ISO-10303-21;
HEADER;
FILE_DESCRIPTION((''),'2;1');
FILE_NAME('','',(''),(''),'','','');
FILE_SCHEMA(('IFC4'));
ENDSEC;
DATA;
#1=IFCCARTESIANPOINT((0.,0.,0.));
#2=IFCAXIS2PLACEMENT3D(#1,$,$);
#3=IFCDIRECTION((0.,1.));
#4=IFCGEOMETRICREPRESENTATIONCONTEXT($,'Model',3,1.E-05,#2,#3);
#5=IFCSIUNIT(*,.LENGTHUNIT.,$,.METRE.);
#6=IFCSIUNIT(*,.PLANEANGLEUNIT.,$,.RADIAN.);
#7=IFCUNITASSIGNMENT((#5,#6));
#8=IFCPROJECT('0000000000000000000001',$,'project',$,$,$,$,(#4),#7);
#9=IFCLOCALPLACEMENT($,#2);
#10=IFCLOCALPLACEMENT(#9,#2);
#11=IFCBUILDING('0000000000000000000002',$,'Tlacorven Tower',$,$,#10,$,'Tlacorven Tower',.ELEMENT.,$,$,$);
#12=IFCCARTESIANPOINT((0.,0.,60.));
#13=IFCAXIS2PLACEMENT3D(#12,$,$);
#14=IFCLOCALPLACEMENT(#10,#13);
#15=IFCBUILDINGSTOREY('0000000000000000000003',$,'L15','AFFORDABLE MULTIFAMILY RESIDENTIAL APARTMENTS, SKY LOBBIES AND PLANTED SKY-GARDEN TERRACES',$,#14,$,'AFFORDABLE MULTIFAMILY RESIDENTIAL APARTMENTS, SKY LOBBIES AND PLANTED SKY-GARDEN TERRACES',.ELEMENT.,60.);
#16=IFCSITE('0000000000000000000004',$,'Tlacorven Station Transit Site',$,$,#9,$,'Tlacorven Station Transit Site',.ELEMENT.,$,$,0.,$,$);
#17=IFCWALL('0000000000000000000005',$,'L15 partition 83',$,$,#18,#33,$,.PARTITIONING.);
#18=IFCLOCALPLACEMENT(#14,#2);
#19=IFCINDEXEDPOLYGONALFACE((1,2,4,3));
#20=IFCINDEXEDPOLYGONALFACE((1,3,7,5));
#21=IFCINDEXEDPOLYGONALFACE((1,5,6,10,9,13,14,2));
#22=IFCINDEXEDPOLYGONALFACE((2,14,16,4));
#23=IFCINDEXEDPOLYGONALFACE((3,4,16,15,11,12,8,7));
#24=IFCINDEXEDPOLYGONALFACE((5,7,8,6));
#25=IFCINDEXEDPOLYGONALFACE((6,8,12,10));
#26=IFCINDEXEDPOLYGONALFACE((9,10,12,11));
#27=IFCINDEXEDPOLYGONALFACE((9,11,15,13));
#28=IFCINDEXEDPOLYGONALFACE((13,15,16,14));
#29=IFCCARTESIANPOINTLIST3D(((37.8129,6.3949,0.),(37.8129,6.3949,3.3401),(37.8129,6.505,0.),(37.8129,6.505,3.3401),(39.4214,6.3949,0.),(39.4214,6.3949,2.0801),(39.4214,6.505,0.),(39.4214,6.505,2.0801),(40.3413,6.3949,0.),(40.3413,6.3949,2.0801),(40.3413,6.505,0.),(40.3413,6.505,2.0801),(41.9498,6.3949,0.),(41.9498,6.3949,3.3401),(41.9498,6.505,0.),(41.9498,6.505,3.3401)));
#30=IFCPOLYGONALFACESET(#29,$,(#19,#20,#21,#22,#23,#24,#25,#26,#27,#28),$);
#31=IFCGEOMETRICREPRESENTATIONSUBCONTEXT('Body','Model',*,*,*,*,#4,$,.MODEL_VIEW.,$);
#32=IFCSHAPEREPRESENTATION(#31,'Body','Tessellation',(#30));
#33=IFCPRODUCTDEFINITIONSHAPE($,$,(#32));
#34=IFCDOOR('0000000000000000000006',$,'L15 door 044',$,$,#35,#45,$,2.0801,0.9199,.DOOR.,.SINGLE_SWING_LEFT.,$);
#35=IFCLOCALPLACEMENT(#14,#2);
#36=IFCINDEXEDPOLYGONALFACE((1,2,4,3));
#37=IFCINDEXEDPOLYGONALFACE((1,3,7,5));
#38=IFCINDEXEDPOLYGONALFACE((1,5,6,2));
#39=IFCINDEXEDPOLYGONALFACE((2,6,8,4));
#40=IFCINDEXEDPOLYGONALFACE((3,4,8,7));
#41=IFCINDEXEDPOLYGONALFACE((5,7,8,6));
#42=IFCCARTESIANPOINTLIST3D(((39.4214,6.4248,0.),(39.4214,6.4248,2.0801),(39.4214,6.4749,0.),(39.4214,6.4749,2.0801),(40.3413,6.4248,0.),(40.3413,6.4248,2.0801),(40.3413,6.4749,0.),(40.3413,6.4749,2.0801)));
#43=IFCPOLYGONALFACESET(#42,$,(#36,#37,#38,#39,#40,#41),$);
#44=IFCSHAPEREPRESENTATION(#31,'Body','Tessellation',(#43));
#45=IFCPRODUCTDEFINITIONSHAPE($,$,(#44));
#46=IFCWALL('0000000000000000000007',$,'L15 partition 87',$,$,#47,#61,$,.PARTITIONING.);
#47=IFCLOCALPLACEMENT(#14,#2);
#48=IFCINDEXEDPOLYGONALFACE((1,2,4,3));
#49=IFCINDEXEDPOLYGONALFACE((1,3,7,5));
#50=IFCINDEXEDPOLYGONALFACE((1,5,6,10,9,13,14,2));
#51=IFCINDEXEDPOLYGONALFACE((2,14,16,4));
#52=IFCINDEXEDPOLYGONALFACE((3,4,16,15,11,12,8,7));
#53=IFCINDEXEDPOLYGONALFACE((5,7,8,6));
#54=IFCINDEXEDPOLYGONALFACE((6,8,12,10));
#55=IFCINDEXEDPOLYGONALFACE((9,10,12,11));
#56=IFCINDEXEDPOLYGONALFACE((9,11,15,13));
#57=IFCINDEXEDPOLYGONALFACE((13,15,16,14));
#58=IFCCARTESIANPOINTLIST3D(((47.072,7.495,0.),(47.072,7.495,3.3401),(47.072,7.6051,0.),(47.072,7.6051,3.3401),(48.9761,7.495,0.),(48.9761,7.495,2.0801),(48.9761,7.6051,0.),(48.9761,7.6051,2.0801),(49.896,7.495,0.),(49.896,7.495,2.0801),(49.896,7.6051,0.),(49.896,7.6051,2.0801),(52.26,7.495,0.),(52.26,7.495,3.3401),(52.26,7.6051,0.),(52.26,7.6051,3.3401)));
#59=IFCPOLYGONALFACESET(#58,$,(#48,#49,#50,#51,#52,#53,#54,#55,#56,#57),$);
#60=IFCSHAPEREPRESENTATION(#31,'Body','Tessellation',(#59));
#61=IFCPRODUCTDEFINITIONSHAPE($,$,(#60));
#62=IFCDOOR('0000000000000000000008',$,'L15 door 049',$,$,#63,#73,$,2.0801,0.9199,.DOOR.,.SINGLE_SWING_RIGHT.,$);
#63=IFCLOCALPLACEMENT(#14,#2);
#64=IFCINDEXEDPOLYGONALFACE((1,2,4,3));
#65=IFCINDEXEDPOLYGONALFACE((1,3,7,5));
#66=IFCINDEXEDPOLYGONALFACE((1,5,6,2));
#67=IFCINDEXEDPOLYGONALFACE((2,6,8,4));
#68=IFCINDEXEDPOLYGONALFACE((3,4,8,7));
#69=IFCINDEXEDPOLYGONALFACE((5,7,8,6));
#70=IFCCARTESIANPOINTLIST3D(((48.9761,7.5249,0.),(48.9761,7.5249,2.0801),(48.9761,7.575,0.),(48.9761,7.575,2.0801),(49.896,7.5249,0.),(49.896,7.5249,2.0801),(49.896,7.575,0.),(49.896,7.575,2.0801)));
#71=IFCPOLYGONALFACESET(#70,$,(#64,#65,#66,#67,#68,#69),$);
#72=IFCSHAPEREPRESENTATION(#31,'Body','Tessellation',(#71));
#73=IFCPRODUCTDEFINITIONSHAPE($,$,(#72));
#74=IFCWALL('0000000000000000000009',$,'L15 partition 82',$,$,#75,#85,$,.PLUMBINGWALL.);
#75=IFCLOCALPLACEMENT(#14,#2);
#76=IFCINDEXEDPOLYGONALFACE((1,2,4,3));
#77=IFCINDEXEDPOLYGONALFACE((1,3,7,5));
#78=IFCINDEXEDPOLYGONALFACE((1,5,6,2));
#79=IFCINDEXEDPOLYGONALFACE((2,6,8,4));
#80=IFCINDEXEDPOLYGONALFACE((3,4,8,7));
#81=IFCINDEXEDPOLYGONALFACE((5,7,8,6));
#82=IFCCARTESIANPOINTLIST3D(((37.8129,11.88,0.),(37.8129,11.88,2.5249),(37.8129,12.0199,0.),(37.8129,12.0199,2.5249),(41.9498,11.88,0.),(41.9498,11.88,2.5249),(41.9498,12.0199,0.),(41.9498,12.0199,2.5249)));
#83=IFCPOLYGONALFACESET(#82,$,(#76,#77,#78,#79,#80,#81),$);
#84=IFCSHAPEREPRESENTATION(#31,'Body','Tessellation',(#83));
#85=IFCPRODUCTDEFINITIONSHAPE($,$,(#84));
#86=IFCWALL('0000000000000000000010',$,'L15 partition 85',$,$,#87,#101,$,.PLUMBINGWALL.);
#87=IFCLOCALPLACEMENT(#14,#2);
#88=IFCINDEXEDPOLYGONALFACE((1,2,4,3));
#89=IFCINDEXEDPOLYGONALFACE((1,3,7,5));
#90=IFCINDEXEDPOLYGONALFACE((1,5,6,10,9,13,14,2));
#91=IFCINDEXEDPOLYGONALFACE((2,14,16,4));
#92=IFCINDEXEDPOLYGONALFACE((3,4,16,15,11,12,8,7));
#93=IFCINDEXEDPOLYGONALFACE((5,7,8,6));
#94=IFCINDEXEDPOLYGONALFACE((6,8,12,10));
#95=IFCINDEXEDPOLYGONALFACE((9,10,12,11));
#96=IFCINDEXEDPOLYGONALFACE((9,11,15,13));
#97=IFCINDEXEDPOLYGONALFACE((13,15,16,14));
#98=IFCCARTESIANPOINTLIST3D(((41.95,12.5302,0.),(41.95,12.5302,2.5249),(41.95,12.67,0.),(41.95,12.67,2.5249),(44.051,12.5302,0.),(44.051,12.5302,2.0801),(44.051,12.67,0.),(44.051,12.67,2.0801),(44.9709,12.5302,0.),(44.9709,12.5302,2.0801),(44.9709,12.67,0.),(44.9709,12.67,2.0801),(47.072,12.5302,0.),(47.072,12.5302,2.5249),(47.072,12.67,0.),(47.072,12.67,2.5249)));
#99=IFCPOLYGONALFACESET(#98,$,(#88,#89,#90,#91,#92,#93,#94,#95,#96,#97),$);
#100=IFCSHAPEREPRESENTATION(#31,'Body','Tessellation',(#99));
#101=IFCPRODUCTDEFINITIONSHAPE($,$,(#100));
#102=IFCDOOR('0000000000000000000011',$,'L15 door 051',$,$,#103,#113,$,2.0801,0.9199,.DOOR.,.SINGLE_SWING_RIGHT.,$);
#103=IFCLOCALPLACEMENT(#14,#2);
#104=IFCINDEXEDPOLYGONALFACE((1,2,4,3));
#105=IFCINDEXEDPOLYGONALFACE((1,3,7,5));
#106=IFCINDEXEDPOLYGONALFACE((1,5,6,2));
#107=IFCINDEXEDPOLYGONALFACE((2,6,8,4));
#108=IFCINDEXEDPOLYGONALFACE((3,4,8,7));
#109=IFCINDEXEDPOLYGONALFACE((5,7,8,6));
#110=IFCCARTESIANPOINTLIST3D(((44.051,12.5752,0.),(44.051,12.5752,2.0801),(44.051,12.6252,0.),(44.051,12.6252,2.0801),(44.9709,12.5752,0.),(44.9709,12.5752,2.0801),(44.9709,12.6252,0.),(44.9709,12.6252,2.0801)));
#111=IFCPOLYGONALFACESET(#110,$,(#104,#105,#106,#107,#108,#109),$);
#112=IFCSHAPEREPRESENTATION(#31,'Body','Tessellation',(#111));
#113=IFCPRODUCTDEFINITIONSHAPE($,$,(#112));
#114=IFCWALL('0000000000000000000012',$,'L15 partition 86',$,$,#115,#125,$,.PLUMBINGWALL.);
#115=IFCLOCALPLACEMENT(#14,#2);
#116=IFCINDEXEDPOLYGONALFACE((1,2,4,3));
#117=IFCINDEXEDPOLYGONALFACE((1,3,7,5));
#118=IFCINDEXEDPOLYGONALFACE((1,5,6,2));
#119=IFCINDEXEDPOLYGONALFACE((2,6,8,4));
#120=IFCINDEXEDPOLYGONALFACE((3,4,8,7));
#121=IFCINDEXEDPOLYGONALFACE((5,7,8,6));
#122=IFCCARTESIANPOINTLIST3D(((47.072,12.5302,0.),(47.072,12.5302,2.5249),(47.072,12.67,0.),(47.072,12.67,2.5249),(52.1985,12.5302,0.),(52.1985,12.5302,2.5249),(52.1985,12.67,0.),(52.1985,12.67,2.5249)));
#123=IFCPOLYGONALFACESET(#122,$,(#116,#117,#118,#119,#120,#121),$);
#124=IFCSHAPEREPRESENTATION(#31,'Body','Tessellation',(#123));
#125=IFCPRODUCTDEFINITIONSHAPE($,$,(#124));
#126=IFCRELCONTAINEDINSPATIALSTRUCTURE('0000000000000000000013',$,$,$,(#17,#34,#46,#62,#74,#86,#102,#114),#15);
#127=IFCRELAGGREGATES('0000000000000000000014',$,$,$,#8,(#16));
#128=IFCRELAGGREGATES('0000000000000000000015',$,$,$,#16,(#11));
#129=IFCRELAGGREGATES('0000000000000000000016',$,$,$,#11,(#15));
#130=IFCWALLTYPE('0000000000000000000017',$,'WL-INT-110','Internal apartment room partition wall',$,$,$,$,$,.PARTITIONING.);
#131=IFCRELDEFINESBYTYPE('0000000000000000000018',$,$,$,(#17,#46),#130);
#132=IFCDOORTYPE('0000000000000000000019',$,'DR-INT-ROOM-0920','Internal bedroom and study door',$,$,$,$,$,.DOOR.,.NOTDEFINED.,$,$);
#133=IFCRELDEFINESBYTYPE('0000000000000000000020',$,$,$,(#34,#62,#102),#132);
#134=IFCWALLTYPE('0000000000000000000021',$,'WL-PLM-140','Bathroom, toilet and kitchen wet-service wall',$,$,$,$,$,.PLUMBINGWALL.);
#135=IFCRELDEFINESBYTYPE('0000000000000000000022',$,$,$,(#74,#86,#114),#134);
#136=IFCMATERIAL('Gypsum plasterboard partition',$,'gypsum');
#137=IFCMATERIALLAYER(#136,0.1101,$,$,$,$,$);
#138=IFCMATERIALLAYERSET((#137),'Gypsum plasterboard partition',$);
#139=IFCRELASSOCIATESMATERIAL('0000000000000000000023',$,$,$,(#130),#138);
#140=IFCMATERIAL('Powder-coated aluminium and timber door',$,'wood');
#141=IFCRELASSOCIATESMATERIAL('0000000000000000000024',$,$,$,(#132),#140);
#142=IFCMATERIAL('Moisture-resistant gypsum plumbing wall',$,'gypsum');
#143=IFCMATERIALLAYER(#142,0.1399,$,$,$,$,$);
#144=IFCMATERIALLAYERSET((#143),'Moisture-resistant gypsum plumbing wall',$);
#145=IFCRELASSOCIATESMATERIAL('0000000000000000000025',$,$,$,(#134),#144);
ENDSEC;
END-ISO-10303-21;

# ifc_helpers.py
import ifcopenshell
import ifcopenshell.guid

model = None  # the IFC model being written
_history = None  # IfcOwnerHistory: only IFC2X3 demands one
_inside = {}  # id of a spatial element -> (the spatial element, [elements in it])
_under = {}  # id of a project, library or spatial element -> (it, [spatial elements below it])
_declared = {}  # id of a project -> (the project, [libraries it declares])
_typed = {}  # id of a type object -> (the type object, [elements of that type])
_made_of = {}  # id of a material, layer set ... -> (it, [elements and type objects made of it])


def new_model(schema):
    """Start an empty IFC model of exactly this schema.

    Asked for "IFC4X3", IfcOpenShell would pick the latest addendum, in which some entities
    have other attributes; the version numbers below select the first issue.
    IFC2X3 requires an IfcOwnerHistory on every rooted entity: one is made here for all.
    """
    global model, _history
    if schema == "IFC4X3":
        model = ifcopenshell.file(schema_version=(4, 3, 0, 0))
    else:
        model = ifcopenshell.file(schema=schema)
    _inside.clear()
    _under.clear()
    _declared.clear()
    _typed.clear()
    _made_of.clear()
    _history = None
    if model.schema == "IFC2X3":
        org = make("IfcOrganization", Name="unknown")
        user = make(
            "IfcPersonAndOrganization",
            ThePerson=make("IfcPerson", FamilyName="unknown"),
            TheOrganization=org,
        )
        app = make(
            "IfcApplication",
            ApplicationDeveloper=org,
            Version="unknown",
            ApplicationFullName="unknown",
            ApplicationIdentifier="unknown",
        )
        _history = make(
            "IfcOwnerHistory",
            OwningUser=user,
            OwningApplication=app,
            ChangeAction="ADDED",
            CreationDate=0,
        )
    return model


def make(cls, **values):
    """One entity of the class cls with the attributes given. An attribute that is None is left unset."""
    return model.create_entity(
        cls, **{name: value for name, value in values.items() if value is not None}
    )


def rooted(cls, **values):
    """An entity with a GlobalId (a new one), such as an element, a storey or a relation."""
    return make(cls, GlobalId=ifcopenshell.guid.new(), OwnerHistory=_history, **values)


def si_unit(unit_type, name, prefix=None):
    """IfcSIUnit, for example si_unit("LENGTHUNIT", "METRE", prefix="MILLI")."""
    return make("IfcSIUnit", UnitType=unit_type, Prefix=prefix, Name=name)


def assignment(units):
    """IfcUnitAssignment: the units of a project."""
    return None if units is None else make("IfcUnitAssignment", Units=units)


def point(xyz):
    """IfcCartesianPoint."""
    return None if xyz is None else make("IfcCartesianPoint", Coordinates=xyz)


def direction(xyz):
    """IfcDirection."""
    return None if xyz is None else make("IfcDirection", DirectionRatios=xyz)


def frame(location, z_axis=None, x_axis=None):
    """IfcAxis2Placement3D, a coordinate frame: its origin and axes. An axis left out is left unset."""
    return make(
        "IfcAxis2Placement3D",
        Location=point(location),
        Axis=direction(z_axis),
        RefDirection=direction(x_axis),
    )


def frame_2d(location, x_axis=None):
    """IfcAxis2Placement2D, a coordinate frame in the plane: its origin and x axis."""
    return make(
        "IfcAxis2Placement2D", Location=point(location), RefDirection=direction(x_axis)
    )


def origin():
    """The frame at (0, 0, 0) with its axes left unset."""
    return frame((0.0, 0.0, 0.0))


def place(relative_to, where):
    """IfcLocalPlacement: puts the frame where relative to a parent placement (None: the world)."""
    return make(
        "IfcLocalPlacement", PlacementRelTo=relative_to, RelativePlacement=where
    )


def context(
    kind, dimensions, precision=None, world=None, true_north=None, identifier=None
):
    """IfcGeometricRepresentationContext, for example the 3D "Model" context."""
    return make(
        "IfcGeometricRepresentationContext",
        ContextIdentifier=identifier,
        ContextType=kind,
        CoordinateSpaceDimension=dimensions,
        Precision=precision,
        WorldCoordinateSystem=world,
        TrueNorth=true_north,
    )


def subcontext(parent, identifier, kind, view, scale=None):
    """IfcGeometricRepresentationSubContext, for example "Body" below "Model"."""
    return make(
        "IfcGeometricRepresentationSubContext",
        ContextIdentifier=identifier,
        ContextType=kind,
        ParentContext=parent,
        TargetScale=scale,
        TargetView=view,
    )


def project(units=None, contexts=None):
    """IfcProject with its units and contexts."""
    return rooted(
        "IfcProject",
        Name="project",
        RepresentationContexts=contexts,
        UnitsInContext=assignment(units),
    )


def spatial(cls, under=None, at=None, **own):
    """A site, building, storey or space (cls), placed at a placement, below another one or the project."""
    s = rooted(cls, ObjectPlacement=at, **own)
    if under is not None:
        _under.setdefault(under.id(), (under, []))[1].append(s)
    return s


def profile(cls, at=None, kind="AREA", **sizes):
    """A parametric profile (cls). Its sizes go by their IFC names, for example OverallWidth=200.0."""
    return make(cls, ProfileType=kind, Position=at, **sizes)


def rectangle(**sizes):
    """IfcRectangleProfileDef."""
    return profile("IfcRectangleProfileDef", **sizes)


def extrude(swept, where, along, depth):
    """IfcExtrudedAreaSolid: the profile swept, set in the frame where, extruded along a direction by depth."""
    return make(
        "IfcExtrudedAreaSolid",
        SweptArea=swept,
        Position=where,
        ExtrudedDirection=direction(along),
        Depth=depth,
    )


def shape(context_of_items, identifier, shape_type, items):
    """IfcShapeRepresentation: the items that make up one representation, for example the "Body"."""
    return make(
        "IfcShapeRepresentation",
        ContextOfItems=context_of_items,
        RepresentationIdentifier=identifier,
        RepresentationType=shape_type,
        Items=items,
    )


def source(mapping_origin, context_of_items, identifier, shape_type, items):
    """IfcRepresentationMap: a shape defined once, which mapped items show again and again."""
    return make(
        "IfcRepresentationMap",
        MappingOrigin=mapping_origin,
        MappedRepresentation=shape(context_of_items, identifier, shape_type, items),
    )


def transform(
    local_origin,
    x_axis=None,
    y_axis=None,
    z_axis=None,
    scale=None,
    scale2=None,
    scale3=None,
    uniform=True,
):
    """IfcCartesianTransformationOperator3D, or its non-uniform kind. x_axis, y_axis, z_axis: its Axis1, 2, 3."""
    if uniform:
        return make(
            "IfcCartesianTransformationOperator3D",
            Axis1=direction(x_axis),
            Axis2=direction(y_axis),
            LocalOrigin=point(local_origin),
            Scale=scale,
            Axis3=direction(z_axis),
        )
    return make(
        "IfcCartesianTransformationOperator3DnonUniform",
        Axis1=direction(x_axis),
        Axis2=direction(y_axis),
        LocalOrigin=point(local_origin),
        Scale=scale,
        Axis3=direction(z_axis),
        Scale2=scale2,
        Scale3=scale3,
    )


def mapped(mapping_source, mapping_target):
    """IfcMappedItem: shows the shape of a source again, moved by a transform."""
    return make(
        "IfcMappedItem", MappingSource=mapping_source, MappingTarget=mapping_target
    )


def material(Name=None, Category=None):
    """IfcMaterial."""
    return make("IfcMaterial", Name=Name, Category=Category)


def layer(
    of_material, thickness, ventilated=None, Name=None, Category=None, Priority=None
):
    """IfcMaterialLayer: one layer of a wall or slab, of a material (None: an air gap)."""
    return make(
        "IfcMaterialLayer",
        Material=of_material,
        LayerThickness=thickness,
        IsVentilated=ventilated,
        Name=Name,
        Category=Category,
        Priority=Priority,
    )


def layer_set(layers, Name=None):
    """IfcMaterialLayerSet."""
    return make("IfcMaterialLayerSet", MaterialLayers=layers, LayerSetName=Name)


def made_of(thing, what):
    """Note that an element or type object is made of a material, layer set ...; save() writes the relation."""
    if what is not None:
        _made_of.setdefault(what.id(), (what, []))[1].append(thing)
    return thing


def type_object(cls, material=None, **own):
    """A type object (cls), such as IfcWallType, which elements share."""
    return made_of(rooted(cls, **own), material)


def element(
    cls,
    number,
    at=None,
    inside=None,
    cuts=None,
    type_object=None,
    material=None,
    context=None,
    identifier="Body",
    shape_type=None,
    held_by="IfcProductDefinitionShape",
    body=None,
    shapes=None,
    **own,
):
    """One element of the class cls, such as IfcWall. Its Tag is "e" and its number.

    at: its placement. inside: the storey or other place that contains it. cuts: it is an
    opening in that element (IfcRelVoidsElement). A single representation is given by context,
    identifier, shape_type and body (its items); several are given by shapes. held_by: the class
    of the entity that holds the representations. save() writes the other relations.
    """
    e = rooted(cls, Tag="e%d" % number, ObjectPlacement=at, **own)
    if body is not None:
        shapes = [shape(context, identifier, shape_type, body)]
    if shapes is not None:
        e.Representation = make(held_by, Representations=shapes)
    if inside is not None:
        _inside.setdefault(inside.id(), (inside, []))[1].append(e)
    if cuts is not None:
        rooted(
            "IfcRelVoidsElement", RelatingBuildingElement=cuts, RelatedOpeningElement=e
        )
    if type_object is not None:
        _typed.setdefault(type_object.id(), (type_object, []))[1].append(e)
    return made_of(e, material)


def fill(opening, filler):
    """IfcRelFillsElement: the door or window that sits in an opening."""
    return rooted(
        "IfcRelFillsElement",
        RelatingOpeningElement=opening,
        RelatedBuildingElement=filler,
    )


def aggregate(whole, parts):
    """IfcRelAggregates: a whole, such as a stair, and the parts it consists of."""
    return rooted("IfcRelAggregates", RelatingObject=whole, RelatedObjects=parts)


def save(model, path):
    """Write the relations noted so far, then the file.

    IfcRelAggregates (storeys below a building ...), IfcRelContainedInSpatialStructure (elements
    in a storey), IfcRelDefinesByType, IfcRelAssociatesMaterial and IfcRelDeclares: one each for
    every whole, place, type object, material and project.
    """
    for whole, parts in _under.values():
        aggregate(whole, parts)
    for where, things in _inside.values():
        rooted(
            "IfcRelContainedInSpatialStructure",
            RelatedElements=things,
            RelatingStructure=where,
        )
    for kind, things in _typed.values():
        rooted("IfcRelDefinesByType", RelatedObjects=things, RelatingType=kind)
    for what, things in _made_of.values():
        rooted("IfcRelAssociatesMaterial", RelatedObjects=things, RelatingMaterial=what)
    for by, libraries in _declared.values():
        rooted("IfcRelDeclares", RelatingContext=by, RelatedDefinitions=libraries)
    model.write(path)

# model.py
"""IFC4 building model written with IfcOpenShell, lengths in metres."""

from ifc_helpers import new_model, si_unit, direction, frame, frame_2d, origin, place, context, subcontext, project, spatial, rectangle, extrude, source, transform, mapped, material, layer, layer_set, type_object, element, fill, save


model = new_model("IFC4")

# Units and contexts
model_context = context("Model", 3, precision=1e-05, world=origin(), true_north=direction((0.0, 1.0)))
body_context = subcontext(model_context, "Body", "Model", "MODEL_VIEW")
ifc_project = project(units=[si_unit("LENGTHUNIT", "METRE"), si_unit("PLANEANGLEUNIT", "RADIAN")], contexts=[model_context])

# Site, building, storey
site_placement = place(None, origin())
site = spatial("IfcSite", under=ifc_project, at=site_placement, Name="Tlacorven Station Transit Site", LongName="Tlacorven Station Transit Site", CompositionType="ELEMENT", RefElevation=0.0)
building_placement = place(site_placement, origin())
building = spatial("IfcBuilding", under=site, at=building_placement, Name="Tlacorven Tower", LongName="Tlacorven Tower", CompositionType="ELEMENT")
storey_placement = place(building_placement, frame((0.0, 0.0, 60.0)))
storey = spatial("IfcBuildingStorey", under=building, at=storey_placement, Name="L15", Description="AFFORDABLE MULTIFAMILY RESIDENTIAL APARTMENTS, SKY LOBBIES AND PLANTED SKY-GARDEN TERRACES", LongName="AFFORDABLE MULTIFAMILY RESIDENTIAL APARTMENTS, SKY LOBBIES AND PLANTED SKY-GARDEN TERRACES", CompositionType="ELEMENT", Elevation=60.0)

# Walls, openings, doors
ifc_material_1 = material(Name="Gypsum plasterboard partition", Category="gypsum")
ifc_layer_1 = layer(ifc_material_1, 0.1101)
ifc_layer_set_1 = layer_set([ifc_layer_1], Name="Gypsum plasterboard partition")
wall_type_1 = type_object("IfcWallType", Name="WL-INT-110", Description="Internal apartment room partition wall", PredefinedType="PARTITIONING", material=ifc_layer_set_1)
wall_1_placement = place(storey_placement, frame((37.813, 6.45, 0.0), z_axis=(0.0, 0.0, 1.0), x_axis=(1.0, 0.0, 0.0)))
wall_1 = element("IfcWall", 1, at=wall_1_placement, inside=storey, type_object=wall_type_1, Name="L15 partition 83", PredefinedType="PARTITIONING", context=body_context, shape_type="SweptSolid", body=[
    extrude(rectangle(XDim=4.137, YDim=0.1101, at=frame_2d((2.0684, 0.0))), origin(), (0.0, 0.0, 1.0), 3.3401),
])
opening_1_placement = place(wall_1_placement, frame((1.6084, 0.0, 0.0)))
opening_1 = element("IfcOpeningElement", 2, at=opening_1_placement, cuts=wall_1, PredefinedType="OPENING", context=body_context, shape_type="SweptSolid", body=[
    extrude(rectangle(XDim=0.9199, YDim=2.0801, at=frame_2d((0.46, 1.04))), frame((0.0, 0.0649, 0.0), z_axis=(0.0, -1.0, 0.0), x_axis=(1.0, 0.0, 0.0)), (0.0, 0.0, 1.0), 0.1301),
])
ifc_material_2 = material(Name="Powder-coated aluminium and timber door", Category="wood")
door_type_1 = type_object("IfcDoorType", Name="DR-INT-ROOM-0920", Description="Internal bedroom and study door", OperationType="NOTDEFINED", PredefinedType="DOOR", material=ifc_material_2)
shared_shape_1 = source(origin(), body_context, "Body", "SweptSolid", [
    extrude(rectangle(XDim=0.9199, YDim=2.0801, at=frame_2d((0.46, 1.04))), frame((0.0, 0.0249, 0.0), z_axis=(0.0, -1.0, 0.0), x_axis=(1.0, 0.0, 0.0)), (0.0, 0.0, 1.0), 0.05),
])
door_1_placement = place(opening_1_placement, origin())
door_1 = element("IfcDoor", 3, at=door_1_placement, inside=storey, type_object=door_type_1, Name="L15 door 044", OperationType="SINGLE_SWING_LEFT", OverallHeight=2.0801, OverallWidth=0.9199, PredefinedType="DOOR", context=body_context, shape_type="MappedRepresentation", body=[
    mapped(shared_shape_1, transform((0.0, 0.0, 0.0), scale=1.0)),
])
fill(opening_1, door_1)
wall_2_placement = place(storey_placement, frame((47.072, 7.55, 0.0), z_axis=(0.0, 0.0, 1.0), x_axis=(1.0, 0.0, 0.0)))
wall_2 = element("IfcWall", 4, at=wall_2_placement, inside=storey, type_object=wall_type_1, Name="L15 partition 87", PredefinedType="PARTITIONING", context=body_context, shape_type="SweptSolid", body=[
    extrude(rectangle(XDim=5.188, YDim=0.1101, at=frame_2d((2.594, 0.0))), origin(), (0.0, 0.0, 1.0), 3.3401),
])
opening_2_placement = place(wall_2_placement, frame((1.9041, 0.0, 0.0)))
opening_2 = element("IfcOpeningElement", 5, at=opening_2_placement, cuts=wall_2, PredefinedType="OPENING", context=body_context, shape_type="SweptSolid", body=[
    extrude(rectangle(XDim=0.9199, YDim=2.0801, at=frame_2d((0.46, 1.04))), frame((0.0, 0.0649, 0.0), z_axis=(0.0, -1.0, 0.0), x_axis=(1.0, 0.0, 0.0)), (0.0, 0.0, 1.0), 0.1301),
])
door_2_placement = place(opening_2_placement, origin())
door_2 = element("IfcDoor", 6, at=door_2_placement, inside=storey, type_object=door_type_1, Name="L15 door 049", OperationType="SINGLE_SWING_RIGHT", OverallHeight=2.0801, OverallWidth=0.9199, PredefinedType="DOOR", context=body_context, shape_type="MappedRepresentation", body=[
    mapped(shared_shape_1, transform((0.0, 0.0, 0.0), scale=1.0)),
])
fill(opening_2, door_2)

# Wall
ifc_material_3 = material(Name="Moisture-resistant gypsum plumbing wall", Category="gypsum")
ifc_layer_2 = layer(ifc_material_3, 0.1399)
ifc_layer_set_2 = layer_set([ifc_layer_2], Name="Moisture-resistant gypsum plumbing wall")
wall_type_2 = type_object("IfcWallType", Name="WL-PLM-140", Description="Bathroom, toilet and kitchen wet-service wall", PredefinedType="PLUMBINGWALL", material=ifc_layer_set_2)
wall_3_placement = place(storey_placement, frame((37.813, 11.95, 0.0), z_axis=(0.0, 0.0, 1.0), x_axis=(1.0, 0.0, 0.0)))
element("IfcWall", 7, at=wall_3_placement, inside=storey, type_object=wall_type_2, Name="L15 partition 82", PredefinedType="PLUMBINGWALL", context=body_context, shape_type="SweptSolid", body=[
    extrude(rectangle(XDim=4.137, YDim=0.1399, at=frame_2d((2.0684, 0.0))), origin(), (0.0, 0.0, 1.0), 2.5249),
])

# Wall, opening, door
wall_4_placement = place(storey_placement, frame((41.95, 12.6001, 0.0), z_axis=(0.0, 0.0, 1.0), x_axis=(1.0, 0.0, 0.0)))
wall_4 = element("IfcWall", 8, at=wall_4_placement, inside=storey, type_object=wall_type_2, Name="L15 partition 85", PredefinedType="PLUMBINGWALL", context=body_context, shape_type="SweptSolid", body=[
    extrude(rectangle(XDim=5.1221, YDim=0.1399, at=frame_2d((2.561, 0.0))), origin(), (0.0, 0.0, 1.0), 2.5249),
])
opening_3_placement = place(wall_4_placement, frame((2.1011, 0.0, 0.0)))
opening_3 = element("IfcOpeningElement", 9, at=opening_3_placement, cuts=wall_4, PredefinedType="OPENING", context=body_context, shape_type="SweptSolid", body=[
    extrude(rectangle(XDim=0.9199, YDim=2.0801, at=frame_2d((0.46, 1.04))), frame((0.0, 0.0801, 0.0), z_axis=(0.0, -1.0, 0.0), x_axis=(1.0, 0.0, 0.0)), (0.0, 0.0, 1.0), 0.1599),
])
door_3_placement = place(opening_3_placement, frame((0.9199, 0.0, 0.0), z_axis=(0.0, 0.0, 1.0), x_axis=(-1.0, 0.0, 0.0)))
door_3 = element("IfcDoor", 10, at=door_3_placement, inside=storey, type_object=door_type_1, Name="L15 door 051", OperationType="SINGLE_SWING_RIGHT", OverallHeight=2.0801, OverallWidth=0.9199, PredefinedType="DOOR", context=body_context, shape_type="MappedRepresentation", body=[
    mapped(shared_shape_1, transform((0.0, 0.0, 0.0), scale=1.0)),
])
fill(opening_3, door_3)

# Wall
wall_5_placement = place(storey_placement, frame((47.072, 12.6001, 0.0), z_axis=(0.0, 0.0, 1.0), x_axis=(1.0, 0.0, 0.0)))
element("IfcWall", 11, at=wall_5_placement, inside=storey, type_object=wall_type_2, Name="L15 partition 86", PredefinedType="PLUMBINGWALL", context=body_context, shape_type="SweptSolid", body=[
    extrude(rectangle(XDim=5.1265, YDim=0.1399, at=frame_2d((2.5632, 0.0))), origin(), (0.0, 0.0, 1.0), 2.5249),
])

save(model, "model.ifc")
